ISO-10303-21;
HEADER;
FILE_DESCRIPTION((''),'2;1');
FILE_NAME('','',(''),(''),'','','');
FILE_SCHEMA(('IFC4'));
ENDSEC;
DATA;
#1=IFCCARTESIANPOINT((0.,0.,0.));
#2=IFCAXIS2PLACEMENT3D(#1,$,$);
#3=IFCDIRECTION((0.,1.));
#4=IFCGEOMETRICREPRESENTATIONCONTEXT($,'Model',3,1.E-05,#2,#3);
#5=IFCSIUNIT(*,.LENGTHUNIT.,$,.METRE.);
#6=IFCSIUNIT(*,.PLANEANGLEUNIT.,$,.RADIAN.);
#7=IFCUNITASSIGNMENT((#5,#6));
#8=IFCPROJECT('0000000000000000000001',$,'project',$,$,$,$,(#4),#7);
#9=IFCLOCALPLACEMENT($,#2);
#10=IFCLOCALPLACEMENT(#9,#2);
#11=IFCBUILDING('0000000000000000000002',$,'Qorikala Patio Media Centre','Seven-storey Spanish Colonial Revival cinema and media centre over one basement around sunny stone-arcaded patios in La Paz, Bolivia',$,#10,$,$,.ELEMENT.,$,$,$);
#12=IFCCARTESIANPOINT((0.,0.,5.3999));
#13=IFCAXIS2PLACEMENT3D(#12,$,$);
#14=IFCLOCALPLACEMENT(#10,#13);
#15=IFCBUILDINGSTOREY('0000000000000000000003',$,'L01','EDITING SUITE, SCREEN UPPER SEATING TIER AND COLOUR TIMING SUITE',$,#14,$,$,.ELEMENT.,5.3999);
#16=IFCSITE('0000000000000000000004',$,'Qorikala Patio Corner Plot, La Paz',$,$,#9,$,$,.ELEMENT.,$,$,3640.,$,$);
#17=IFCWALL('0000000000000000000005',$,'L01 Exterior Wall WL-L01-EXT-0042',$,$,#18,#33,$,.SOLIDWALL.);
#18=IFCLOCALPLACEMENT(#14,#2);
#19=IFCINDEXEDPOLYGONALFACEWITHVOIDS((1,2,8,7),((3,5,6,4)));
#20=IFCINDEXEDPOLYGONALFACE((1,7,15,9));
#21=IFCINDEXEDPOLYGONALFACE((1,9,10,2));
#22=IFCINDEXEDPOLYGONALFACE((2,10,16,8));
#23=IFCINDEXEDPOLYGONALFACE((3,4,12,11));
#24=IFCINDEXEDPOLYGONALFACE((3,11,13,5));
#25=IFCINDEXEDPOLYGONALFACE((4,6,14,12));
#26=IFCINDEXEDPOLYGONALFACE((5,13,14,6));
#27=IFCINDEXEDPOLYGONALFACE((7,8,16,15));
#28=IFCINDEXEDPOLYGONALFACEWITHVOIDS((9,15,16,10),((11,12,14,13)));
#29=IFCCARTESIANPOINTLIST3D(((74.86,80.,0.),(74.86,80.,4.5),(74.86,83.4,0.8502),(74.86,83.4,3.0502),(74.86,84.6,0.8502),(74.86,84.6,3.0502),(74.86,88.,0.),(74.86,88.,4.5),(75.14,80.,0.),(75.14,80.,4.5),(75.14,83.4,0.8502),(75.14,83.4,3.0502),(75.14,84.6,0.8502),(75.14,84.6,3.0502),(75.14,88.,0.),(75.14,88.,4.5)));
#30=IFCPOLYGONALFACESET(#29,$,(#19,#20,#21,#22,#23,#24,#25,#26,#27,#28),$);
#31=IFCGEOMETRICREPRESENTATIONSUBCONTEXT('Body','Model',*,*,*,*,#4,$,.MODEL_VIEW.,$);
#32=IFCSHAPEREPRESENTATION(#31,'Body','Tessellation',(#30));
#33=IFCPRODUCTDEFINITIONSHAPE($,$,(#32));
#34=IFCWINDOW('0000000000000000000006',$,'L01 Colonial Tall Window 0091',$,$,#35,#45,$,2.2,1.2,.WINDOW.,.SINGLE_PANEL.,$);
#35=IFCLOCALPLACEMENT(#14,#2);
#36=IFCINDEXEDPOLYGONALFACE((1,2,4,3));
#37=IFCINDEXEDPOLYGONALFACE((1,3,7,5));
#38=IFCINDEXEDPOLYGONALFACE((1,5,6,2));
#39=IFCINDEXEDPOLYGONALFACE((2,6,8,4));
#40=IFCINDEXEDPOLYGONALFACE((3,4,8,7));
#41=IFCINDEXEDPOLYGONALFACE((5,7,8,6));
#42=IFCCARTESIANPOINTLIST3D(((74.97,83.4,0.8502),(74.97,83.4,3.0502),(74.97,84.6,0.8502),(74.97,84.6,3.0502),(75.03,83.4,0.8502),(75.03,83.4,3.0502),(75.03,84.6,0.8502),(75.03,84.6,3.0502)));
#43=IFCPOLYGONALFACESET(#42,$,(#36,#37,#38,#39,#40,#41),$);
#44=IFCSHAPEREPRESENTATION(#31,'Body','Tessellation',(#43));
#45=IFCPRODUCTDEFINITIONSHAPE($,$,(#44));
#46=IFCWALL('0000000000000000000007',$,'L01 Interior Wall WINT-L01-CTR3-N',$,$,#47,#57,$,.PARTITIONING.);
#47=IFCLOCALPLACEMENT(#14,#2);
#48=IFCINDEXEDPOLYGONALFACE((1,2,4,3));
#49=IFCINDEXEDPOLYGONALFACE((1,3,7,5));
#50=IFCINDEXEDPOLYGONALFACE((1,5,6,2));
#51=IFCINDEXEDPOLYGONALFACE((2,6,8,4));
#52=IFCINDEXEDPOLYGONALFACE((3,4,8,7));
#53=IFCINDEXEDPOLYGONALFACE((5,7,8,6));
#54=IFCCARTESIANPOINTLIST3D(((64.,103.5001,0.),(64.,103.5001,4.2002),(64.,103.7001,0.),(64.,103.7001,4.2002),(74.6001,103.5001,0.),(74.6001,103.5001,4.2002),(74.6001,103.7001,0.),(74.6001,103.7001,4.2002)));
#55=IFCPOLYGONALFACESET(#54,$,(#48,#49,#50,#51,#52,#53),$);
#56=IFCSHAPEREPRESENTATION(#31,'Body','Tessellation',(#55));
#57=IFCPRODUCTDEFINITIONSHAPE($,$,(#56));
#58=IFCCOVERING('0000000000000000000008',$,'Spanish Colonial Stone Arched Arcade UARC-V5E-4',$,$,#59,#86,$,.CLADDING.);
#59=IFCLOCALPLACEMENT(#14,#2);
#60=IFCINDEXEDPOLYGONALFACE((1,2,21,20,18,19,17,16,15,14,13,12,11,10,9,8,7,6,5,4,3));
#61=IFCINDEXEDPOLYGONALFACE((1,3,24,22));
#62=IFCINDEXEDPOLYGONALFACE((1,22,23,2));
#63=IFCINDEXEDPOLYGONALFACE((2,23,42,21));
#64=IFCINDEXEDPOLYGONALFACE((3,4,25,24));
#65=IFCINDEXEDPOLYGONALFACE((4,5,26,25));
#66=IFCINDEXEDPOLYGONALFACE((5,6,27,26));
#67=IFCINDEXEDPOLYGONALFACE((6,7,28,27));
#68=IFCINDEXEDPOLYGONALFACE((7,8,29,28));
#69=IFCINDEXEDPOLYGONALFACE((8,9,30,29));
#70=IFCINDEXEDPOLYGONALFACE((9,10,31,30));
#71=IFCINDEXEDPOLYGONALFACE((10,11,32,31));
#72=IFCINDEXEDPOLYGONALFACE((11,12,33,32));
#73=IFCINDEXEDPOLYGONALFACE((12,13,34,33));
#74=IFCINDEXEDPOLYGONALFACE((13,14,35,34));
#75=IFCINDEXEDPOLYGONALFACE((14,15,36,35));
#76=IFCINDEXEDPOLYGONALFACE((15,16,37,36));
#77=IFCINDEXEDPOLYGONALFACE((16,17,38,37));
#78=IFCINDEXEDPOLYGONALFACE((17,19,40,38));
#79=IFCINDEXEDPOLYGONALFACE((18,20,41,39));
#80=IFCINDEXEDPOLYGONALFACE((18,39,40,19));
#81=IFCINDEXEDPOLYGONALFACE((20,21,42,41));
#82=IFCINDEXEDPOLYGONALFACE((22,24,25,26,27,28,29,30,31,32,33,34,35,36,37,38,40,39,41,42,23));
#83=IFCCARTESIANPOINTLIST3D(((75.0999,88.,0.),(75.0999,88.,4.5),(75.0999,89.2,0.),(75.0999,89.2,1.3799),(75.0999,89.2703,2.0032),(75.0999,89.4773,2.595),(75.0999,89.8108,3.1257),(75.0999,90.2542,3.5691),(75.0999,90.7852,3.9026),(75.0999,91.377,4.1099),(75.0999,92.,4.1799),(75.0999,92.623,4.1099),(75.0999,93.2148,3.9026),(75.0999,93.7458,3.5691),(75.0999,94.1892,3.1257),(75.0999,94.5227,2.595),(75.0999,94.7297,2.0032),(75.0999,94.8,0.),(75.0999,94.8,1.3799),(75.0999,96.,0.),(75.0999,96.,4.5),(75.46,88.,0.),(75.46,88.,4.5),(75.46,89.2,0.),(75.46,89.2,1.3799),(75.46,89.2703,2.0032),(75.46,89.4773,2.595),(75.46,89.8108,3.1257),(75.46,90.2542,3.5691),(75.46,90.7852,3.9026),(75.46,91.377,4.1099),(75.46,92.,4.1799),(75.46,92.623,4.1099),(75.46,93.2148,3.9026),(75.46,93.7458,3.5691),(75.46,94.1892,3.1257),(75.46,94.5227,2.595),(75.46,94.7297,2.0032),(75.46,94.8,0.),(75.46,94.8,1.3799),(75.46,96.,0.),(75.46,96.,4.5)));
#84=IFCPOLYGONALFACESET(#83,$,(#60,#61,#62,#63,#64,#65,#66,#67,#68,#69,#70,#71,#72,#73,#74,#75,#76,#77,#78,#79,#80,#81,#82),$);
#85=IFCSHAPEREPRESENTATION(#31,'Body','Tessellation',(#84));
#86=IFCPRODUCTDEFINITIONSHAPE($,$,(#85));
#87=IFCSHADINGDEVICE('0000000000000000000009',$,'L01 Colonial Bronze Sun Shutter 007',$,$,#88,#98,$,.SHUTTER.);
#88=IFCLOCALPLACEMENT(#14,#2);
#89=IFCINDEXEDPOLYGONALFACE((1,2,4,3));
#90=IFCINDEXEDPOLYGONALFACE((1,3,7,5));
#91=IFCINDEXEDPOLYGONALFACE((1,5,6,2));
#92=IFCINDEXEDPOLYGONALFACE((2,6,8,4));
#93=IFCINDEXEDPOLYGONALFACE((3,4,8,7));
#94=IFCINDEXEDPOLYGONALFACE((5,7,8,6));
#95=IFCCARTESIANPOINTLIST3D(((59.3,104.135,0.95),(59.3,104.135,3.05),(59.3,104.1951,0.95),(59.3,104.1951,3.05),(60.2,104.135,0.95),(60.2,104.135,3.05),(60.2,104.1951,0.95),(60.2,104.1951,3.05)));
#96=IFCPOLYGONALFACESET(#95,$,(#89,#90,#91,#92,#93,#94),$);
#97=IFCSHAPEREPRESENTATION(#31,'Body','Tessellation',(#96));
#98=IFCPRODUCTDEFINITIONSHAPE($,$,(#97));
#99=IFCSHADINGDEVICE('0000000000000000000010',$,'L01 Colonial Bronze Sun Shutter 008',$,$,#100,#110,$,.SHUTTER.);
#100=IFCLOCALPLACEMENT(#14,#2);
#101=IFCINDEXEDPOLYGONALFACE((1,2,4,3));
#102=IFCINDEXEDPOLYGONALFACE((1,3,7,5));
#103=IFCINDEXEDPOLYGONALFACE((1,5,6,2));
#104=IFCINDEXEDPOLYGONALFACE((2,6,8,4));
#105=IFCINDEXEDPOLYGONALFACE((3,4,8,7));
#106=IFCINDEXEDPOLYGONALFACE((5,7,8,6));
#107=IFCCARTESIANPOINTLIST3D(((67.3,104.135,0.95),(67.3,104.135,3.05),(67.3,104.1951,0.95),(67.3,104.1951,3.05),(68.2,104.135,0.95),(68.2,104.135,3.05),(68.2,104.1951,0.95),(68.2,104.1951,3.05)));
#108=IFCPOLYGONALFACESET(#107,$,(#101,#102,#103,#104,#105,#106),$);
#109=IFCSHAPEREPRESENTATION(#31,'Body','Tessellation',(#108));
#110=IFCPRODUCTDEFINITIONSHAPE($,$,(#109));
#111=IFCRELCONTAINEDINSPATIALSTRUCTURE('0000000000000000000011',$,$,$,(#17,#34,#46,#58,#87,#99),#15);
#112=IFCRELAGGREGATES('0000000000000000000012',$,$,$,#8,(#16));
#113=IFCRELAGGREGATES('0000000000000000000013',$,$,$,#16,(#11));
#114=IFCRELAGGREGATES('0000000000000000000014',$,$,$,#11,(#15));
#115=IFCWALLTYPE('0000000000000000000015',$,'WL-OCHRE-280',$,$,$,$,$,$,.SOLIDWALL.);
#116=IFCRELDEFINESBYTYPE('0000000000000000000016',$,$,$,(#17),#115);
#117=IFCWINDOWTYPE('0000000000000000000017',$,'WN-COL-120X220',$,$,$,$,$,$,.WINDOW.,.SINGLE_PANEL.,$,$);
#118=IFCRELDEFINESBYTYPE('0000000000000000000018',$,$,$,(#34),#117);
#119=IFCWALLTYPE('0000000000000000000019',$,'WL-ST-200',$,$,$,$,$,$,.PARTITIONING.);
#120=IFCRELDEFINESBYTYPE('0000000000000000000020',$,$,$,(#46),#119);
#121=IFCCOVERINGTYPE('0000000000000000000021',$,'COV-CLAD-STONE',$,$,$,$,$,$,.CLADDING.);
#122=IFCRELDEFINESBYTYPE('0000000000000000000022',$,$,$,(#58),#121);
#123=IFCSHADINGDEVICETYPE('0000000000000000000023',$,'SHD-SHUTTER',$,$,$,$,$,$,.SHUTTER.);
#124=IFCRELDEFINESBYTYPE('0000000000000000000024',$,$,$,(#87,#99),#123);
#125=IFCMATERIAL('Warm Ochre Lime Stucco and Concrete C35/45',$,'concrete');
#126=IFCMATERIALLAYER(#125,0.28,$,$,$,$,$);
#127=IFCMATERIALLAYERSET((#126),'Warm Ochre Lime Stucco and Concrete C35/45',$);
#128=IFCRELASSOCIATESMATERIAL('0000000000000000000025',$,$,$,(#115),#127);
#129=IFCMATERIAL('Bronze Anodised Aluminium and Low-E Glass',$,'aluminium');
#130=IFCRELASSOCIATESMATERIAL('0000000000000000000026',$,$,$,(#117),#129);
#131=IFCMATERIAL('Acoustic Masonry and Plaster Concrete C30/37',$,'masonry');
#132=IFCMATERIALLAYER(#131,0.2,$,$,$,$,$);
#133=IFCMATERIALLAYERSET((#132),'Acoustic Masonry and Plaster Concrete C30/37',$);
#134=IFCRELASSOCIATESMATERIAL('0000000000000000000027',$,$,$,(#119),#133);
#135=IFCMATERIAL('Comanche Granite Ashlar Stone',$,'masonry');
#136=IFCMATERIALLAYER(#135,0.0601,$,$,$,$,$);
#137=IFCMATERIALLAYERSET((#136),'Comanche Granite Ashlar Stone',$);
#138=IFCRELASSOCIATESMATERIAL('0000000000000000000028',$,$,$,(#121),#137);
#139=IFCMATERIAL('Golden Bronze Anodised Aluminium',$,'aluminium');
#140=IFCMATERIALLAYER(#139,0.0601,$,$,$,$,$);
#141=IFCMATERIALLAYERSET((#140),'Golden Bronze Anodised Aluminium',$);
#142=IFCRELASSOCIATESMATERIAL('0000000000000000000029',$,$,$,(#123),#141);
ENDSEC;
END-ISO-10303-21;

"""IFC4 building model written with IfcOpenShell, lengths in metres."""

from ifc_helpers import new_model, si_unit, direction, frame, frame_2d, origin, origin_2d, place, context, subcontext, project, spatial, polyline, rectangle, outline, extrude, material, layer, layer_set, type_object, element, fill, save


model = new_model("IFC4")

# Units and contexts
model_context = context("Model", 3, precision=1e-05, world=origin(), true_north=direction((0.0, 1.0)))
body_context = subcontext(model_context, "Body", "Model", "MODEL_VIEW")
ifc_project = project(units=[si_unit("LENGTHUNIT", "METRE"), si_unit("PLANEANGLEUNIT", "RADIAN")], contexts=[model_context])

# Site, building, storey
site_placement = place(None, origin())
site = spatial("IfcSite", under=ifc_project, at=site_placement, Name="Qorikala Patio Corner Plot, La Paz", CompositionType="ELEMENT", RefElevation=3640.0)
building_placement = place(site_placement, origin())
building = spatial("IfcBuilding", under=site, at=building_placement, Name="Qorikala Patio Media Centre", Description="Seven-storey Spanish Colonial Revival cinema and media centre over one basement around sunny stone-arcaded patios in La Paz, Bolivia", CompositionType="ELEMENT")
storey_placement = place(building_placement, frame((0.0, 0.0, 5.3999)))
storey = spatial("IfcBuildingStorey", under=building, at=storey_placement, Name="L01", Description="EDITING SUITE, SCREEN UPPER SEATING TIER AND COLOUR TIMING SUITE", CompositionType="ELEMENT", Elevation=5.3999)

# Wall, opening, window
ifc_material_1 = material(Name="Warm Ochre Lime Stucco and Concrete C35/45", Category="concrete")
ifc_layer_1 = layer(ifc_material_1, 0.28)
ifc_layer_set_1 = layer_set([ifc_layer_1], Name="Warm Ochre Lime Stucco and Concrete C35/45")
wall_type_1 = type_object("IfcWallType", Name="WL-OCHRE-280", PredefinedType="SOLIDWALL", material=ifc_layer_set_1)
ifc_material_2 = material(Name="Bronze Anodised Aluminium and Low-E Glass", Category="aluminium")
window_type = type_object("IfcWindowType", Name="WN-COL-120X220", PartitioningType="SINGLE_PANEL", PredefinedType="WINDOW", material=ifc_material_2)
wall_1_placement = place(storey_placement, frame((75.0, 88.0, 0.0), z_axis=(0.0, 0.0, 1.0), x_axis=(0.0, -1.0, 0.0)))
wall_1 = element("IfcWall", 1, at=wall_1_placement, inside=storey, type_object=wall_type_1, Name="L01 Exterior Wall WL-L01-EXT-0042", PredefinedType="SOLIDWALL", context=body_context, shape_type="SweptSolid", body=[
    extrude(rectangle(XDim=8.0, YDim=0.28, at=frame_2d((4.0, 0.0))), origin(), (0.0, 0.0, 1.0), 4.5),
])
opening_1_placement = place(wall_1_placement, frame((3.3999, 0.0, 0.8501)))
opening_1 = element("IfcOpeningElement", 2, at=opening_1_placement, cuts=wall_1, PredefinedType="OPENING", context=body_context, shape_type="SweptSolid", body=[
    extrude(rectangle(XDim=1.2, YDim=2.2, at=frame_2d((0.6001, 1.1001))), frame((0.0, 0.1499, 0.0), z_axis=(0.0, -1.0, 0.0), x_axis=(1.0, 0.0, 0.0)), (0.0, 0.0, 1.0), 0.3),
])
window_1_placement = place(opening_1_placement, origin())
window_1 = element("IfcWindow", 3, at=window_1_placement, inside=storey, type_object=window_type, Name="L01 Colonial Tall Window 0091", OverallHeight=2.2, OverallWidth=1.2, PartitioningType="SINGLE_PANEL", PredefinedType="WINDOW", context=body_context, shape_type="SweptSolid", body=[
    extrude(rectangle(XDim=1.2, YDim=2.2, at=frame_2d((0.6001, 1.1001))), frame((0.0, 0.03, 0.0), z_axis=(0.0, -1.0, 0.0), x_axis=(1.0, 0.0, 0.0)), (0.0, 0.0, 1.0), 0.0601),
])
fill(opening_1, window_1)

# Wall
ifc_material_3 = material(Name="Acoustic Masonry and Plaster Concrete C30/37", Category="masonry")
ifc_layer_2 = layer(ifc_material_3, 0.2)
ifc_layer_set_2 = layer_set([ifc_layer_2], Name="Acoustic Masonry and Plaster Concrete C30/37")
wall_type_2 = type_object("IfcWallType", Name="WL-ST-200", PredefinedType="PARTITIONING", material=ifc_layer_set_2)
wall_2_placement = place(storey_placement, frame((64.0, 103.6001, 0.0), z_axis=(0.0, 0.0, 1.0), x_axis=(1.0, 0.0, 0.0)))
element("IfcWall", 4, at=wall_2_placement, inside=storey, type_object=wall_type_2, Name="L01 Interior Wall WINT-L01-CTR3-N", PredefinedType="PARTITIONING", context=body_context, shape_type="SweptSolid", body=[
    extrude(rectangle(XDim=10.6001, YDim=0.2, at=frame_2d((5.3, 0.0))), origin(), (0.0, 0.0, 1.0), 4.2002),
])

# Covering
ifc_material_4 = material(Name="Comanche Granite Ashlar Stone", Category="masonry")
ifc_layer_3 = layer(ifc_material_4, 0.0601)
ifc_layer_set_3 = layer_set([ifc_layer_3], Name="Comanche Granite Ashlar Stone")
covering_type = type_object("IfcCoveringType", Name="COV-CLAD-STONE", PredefinedType="CLADDING", material=ifc_layer_set_3)
covering_placement = place(storey_placement, frame((75.28, 88.0, 0.0), z_axis=(0.0, 0.0, 1.0), x_axis=(0.0, 1.0, 0.0)))
element("IfcCovering", 5, at=covering_placement, inside=storey, type_object=covering_type, Name="Spanish Colonial Stone Arched Arcade UARC-V5E-4", PredefinedType="CLADDING", context=body_context, shape_type="SweptSolid", body=[
    extrude(outline(polyline([(0.0, 0.0), (1.2, 0.0), (1.2, 1.3799), (1.2703, 2.0032), (1.4773, 2.595), (1.8108, 3.1257), (2.2542, 3.5691), (2.7852, 3.9026), (3.377, 4.1099), (4.0, 4.1799), (4.623, 4.1099), (5.2148, 3.9026), (5.7458, 3.5691), (6.1892, 3.1257), (6.5227, 2.595), (6.7297, 2.0032), (6.8, 1.3799), (6.8, 0.0), (8.0, 0.0), (8.0, 4.5), (0.0, 4.5), (0.0, 0.0)])), frame((0.0, 0.1802, 0.0), z_axis=(0.0, -1.0, 0.0), x_axis=(1.0, 0.0, 0.0)), (0.0, 0.0, 1.0), 0.3601),
])

# Shading devices
ifc_material_5 = material(Name="Golden Bronze Anodised Aluminium", Category="aluminium")
ifc_layer_4 = layer(ifc_material_5, 0.0601)
ifc_layer_set_4 = layer_set([ifc_layer_4], Name="Golden Bronze Anodised Aluminium")
shading_device_type = type_object("IfcShadingDeviceType", Name="SHD-SHUTTER", PredefinedType="SHUTTER", material=ifc_layer_set_4)
for number, where, z_axis, x_axis, name in (
    (6, (59.75, 104.165, 0.95), (0.0, 0.0, 1.0), (1.0, 0.0, 0.0), "L01 Colonial Bronze Sun Shutter 007"),
    (7, (67.75, 104.165, 0.95), (0.0, 0.0, 1.0), (1.0, 0.0, 0.0), "L01 Colonial Bronze Sun Shutter 008"),
):
    element("IfcShadingDevice", number, at=place(storey_placement, frame(where, z_axis=z_axis, x_axis=x_axis)), inside=storey, type_object=shading_device_type, Name=name, PredefinedType="SHUTTER", context=body_context, shape_type="SweptSolid", body=[
        extrude(rectangle(XDim=0.8999, YDim=0.0601, at=origin_2d()), origin(), (0.0, 0.0, 1.0), 2.1001),
    ])

save(model, "model.ifc")
